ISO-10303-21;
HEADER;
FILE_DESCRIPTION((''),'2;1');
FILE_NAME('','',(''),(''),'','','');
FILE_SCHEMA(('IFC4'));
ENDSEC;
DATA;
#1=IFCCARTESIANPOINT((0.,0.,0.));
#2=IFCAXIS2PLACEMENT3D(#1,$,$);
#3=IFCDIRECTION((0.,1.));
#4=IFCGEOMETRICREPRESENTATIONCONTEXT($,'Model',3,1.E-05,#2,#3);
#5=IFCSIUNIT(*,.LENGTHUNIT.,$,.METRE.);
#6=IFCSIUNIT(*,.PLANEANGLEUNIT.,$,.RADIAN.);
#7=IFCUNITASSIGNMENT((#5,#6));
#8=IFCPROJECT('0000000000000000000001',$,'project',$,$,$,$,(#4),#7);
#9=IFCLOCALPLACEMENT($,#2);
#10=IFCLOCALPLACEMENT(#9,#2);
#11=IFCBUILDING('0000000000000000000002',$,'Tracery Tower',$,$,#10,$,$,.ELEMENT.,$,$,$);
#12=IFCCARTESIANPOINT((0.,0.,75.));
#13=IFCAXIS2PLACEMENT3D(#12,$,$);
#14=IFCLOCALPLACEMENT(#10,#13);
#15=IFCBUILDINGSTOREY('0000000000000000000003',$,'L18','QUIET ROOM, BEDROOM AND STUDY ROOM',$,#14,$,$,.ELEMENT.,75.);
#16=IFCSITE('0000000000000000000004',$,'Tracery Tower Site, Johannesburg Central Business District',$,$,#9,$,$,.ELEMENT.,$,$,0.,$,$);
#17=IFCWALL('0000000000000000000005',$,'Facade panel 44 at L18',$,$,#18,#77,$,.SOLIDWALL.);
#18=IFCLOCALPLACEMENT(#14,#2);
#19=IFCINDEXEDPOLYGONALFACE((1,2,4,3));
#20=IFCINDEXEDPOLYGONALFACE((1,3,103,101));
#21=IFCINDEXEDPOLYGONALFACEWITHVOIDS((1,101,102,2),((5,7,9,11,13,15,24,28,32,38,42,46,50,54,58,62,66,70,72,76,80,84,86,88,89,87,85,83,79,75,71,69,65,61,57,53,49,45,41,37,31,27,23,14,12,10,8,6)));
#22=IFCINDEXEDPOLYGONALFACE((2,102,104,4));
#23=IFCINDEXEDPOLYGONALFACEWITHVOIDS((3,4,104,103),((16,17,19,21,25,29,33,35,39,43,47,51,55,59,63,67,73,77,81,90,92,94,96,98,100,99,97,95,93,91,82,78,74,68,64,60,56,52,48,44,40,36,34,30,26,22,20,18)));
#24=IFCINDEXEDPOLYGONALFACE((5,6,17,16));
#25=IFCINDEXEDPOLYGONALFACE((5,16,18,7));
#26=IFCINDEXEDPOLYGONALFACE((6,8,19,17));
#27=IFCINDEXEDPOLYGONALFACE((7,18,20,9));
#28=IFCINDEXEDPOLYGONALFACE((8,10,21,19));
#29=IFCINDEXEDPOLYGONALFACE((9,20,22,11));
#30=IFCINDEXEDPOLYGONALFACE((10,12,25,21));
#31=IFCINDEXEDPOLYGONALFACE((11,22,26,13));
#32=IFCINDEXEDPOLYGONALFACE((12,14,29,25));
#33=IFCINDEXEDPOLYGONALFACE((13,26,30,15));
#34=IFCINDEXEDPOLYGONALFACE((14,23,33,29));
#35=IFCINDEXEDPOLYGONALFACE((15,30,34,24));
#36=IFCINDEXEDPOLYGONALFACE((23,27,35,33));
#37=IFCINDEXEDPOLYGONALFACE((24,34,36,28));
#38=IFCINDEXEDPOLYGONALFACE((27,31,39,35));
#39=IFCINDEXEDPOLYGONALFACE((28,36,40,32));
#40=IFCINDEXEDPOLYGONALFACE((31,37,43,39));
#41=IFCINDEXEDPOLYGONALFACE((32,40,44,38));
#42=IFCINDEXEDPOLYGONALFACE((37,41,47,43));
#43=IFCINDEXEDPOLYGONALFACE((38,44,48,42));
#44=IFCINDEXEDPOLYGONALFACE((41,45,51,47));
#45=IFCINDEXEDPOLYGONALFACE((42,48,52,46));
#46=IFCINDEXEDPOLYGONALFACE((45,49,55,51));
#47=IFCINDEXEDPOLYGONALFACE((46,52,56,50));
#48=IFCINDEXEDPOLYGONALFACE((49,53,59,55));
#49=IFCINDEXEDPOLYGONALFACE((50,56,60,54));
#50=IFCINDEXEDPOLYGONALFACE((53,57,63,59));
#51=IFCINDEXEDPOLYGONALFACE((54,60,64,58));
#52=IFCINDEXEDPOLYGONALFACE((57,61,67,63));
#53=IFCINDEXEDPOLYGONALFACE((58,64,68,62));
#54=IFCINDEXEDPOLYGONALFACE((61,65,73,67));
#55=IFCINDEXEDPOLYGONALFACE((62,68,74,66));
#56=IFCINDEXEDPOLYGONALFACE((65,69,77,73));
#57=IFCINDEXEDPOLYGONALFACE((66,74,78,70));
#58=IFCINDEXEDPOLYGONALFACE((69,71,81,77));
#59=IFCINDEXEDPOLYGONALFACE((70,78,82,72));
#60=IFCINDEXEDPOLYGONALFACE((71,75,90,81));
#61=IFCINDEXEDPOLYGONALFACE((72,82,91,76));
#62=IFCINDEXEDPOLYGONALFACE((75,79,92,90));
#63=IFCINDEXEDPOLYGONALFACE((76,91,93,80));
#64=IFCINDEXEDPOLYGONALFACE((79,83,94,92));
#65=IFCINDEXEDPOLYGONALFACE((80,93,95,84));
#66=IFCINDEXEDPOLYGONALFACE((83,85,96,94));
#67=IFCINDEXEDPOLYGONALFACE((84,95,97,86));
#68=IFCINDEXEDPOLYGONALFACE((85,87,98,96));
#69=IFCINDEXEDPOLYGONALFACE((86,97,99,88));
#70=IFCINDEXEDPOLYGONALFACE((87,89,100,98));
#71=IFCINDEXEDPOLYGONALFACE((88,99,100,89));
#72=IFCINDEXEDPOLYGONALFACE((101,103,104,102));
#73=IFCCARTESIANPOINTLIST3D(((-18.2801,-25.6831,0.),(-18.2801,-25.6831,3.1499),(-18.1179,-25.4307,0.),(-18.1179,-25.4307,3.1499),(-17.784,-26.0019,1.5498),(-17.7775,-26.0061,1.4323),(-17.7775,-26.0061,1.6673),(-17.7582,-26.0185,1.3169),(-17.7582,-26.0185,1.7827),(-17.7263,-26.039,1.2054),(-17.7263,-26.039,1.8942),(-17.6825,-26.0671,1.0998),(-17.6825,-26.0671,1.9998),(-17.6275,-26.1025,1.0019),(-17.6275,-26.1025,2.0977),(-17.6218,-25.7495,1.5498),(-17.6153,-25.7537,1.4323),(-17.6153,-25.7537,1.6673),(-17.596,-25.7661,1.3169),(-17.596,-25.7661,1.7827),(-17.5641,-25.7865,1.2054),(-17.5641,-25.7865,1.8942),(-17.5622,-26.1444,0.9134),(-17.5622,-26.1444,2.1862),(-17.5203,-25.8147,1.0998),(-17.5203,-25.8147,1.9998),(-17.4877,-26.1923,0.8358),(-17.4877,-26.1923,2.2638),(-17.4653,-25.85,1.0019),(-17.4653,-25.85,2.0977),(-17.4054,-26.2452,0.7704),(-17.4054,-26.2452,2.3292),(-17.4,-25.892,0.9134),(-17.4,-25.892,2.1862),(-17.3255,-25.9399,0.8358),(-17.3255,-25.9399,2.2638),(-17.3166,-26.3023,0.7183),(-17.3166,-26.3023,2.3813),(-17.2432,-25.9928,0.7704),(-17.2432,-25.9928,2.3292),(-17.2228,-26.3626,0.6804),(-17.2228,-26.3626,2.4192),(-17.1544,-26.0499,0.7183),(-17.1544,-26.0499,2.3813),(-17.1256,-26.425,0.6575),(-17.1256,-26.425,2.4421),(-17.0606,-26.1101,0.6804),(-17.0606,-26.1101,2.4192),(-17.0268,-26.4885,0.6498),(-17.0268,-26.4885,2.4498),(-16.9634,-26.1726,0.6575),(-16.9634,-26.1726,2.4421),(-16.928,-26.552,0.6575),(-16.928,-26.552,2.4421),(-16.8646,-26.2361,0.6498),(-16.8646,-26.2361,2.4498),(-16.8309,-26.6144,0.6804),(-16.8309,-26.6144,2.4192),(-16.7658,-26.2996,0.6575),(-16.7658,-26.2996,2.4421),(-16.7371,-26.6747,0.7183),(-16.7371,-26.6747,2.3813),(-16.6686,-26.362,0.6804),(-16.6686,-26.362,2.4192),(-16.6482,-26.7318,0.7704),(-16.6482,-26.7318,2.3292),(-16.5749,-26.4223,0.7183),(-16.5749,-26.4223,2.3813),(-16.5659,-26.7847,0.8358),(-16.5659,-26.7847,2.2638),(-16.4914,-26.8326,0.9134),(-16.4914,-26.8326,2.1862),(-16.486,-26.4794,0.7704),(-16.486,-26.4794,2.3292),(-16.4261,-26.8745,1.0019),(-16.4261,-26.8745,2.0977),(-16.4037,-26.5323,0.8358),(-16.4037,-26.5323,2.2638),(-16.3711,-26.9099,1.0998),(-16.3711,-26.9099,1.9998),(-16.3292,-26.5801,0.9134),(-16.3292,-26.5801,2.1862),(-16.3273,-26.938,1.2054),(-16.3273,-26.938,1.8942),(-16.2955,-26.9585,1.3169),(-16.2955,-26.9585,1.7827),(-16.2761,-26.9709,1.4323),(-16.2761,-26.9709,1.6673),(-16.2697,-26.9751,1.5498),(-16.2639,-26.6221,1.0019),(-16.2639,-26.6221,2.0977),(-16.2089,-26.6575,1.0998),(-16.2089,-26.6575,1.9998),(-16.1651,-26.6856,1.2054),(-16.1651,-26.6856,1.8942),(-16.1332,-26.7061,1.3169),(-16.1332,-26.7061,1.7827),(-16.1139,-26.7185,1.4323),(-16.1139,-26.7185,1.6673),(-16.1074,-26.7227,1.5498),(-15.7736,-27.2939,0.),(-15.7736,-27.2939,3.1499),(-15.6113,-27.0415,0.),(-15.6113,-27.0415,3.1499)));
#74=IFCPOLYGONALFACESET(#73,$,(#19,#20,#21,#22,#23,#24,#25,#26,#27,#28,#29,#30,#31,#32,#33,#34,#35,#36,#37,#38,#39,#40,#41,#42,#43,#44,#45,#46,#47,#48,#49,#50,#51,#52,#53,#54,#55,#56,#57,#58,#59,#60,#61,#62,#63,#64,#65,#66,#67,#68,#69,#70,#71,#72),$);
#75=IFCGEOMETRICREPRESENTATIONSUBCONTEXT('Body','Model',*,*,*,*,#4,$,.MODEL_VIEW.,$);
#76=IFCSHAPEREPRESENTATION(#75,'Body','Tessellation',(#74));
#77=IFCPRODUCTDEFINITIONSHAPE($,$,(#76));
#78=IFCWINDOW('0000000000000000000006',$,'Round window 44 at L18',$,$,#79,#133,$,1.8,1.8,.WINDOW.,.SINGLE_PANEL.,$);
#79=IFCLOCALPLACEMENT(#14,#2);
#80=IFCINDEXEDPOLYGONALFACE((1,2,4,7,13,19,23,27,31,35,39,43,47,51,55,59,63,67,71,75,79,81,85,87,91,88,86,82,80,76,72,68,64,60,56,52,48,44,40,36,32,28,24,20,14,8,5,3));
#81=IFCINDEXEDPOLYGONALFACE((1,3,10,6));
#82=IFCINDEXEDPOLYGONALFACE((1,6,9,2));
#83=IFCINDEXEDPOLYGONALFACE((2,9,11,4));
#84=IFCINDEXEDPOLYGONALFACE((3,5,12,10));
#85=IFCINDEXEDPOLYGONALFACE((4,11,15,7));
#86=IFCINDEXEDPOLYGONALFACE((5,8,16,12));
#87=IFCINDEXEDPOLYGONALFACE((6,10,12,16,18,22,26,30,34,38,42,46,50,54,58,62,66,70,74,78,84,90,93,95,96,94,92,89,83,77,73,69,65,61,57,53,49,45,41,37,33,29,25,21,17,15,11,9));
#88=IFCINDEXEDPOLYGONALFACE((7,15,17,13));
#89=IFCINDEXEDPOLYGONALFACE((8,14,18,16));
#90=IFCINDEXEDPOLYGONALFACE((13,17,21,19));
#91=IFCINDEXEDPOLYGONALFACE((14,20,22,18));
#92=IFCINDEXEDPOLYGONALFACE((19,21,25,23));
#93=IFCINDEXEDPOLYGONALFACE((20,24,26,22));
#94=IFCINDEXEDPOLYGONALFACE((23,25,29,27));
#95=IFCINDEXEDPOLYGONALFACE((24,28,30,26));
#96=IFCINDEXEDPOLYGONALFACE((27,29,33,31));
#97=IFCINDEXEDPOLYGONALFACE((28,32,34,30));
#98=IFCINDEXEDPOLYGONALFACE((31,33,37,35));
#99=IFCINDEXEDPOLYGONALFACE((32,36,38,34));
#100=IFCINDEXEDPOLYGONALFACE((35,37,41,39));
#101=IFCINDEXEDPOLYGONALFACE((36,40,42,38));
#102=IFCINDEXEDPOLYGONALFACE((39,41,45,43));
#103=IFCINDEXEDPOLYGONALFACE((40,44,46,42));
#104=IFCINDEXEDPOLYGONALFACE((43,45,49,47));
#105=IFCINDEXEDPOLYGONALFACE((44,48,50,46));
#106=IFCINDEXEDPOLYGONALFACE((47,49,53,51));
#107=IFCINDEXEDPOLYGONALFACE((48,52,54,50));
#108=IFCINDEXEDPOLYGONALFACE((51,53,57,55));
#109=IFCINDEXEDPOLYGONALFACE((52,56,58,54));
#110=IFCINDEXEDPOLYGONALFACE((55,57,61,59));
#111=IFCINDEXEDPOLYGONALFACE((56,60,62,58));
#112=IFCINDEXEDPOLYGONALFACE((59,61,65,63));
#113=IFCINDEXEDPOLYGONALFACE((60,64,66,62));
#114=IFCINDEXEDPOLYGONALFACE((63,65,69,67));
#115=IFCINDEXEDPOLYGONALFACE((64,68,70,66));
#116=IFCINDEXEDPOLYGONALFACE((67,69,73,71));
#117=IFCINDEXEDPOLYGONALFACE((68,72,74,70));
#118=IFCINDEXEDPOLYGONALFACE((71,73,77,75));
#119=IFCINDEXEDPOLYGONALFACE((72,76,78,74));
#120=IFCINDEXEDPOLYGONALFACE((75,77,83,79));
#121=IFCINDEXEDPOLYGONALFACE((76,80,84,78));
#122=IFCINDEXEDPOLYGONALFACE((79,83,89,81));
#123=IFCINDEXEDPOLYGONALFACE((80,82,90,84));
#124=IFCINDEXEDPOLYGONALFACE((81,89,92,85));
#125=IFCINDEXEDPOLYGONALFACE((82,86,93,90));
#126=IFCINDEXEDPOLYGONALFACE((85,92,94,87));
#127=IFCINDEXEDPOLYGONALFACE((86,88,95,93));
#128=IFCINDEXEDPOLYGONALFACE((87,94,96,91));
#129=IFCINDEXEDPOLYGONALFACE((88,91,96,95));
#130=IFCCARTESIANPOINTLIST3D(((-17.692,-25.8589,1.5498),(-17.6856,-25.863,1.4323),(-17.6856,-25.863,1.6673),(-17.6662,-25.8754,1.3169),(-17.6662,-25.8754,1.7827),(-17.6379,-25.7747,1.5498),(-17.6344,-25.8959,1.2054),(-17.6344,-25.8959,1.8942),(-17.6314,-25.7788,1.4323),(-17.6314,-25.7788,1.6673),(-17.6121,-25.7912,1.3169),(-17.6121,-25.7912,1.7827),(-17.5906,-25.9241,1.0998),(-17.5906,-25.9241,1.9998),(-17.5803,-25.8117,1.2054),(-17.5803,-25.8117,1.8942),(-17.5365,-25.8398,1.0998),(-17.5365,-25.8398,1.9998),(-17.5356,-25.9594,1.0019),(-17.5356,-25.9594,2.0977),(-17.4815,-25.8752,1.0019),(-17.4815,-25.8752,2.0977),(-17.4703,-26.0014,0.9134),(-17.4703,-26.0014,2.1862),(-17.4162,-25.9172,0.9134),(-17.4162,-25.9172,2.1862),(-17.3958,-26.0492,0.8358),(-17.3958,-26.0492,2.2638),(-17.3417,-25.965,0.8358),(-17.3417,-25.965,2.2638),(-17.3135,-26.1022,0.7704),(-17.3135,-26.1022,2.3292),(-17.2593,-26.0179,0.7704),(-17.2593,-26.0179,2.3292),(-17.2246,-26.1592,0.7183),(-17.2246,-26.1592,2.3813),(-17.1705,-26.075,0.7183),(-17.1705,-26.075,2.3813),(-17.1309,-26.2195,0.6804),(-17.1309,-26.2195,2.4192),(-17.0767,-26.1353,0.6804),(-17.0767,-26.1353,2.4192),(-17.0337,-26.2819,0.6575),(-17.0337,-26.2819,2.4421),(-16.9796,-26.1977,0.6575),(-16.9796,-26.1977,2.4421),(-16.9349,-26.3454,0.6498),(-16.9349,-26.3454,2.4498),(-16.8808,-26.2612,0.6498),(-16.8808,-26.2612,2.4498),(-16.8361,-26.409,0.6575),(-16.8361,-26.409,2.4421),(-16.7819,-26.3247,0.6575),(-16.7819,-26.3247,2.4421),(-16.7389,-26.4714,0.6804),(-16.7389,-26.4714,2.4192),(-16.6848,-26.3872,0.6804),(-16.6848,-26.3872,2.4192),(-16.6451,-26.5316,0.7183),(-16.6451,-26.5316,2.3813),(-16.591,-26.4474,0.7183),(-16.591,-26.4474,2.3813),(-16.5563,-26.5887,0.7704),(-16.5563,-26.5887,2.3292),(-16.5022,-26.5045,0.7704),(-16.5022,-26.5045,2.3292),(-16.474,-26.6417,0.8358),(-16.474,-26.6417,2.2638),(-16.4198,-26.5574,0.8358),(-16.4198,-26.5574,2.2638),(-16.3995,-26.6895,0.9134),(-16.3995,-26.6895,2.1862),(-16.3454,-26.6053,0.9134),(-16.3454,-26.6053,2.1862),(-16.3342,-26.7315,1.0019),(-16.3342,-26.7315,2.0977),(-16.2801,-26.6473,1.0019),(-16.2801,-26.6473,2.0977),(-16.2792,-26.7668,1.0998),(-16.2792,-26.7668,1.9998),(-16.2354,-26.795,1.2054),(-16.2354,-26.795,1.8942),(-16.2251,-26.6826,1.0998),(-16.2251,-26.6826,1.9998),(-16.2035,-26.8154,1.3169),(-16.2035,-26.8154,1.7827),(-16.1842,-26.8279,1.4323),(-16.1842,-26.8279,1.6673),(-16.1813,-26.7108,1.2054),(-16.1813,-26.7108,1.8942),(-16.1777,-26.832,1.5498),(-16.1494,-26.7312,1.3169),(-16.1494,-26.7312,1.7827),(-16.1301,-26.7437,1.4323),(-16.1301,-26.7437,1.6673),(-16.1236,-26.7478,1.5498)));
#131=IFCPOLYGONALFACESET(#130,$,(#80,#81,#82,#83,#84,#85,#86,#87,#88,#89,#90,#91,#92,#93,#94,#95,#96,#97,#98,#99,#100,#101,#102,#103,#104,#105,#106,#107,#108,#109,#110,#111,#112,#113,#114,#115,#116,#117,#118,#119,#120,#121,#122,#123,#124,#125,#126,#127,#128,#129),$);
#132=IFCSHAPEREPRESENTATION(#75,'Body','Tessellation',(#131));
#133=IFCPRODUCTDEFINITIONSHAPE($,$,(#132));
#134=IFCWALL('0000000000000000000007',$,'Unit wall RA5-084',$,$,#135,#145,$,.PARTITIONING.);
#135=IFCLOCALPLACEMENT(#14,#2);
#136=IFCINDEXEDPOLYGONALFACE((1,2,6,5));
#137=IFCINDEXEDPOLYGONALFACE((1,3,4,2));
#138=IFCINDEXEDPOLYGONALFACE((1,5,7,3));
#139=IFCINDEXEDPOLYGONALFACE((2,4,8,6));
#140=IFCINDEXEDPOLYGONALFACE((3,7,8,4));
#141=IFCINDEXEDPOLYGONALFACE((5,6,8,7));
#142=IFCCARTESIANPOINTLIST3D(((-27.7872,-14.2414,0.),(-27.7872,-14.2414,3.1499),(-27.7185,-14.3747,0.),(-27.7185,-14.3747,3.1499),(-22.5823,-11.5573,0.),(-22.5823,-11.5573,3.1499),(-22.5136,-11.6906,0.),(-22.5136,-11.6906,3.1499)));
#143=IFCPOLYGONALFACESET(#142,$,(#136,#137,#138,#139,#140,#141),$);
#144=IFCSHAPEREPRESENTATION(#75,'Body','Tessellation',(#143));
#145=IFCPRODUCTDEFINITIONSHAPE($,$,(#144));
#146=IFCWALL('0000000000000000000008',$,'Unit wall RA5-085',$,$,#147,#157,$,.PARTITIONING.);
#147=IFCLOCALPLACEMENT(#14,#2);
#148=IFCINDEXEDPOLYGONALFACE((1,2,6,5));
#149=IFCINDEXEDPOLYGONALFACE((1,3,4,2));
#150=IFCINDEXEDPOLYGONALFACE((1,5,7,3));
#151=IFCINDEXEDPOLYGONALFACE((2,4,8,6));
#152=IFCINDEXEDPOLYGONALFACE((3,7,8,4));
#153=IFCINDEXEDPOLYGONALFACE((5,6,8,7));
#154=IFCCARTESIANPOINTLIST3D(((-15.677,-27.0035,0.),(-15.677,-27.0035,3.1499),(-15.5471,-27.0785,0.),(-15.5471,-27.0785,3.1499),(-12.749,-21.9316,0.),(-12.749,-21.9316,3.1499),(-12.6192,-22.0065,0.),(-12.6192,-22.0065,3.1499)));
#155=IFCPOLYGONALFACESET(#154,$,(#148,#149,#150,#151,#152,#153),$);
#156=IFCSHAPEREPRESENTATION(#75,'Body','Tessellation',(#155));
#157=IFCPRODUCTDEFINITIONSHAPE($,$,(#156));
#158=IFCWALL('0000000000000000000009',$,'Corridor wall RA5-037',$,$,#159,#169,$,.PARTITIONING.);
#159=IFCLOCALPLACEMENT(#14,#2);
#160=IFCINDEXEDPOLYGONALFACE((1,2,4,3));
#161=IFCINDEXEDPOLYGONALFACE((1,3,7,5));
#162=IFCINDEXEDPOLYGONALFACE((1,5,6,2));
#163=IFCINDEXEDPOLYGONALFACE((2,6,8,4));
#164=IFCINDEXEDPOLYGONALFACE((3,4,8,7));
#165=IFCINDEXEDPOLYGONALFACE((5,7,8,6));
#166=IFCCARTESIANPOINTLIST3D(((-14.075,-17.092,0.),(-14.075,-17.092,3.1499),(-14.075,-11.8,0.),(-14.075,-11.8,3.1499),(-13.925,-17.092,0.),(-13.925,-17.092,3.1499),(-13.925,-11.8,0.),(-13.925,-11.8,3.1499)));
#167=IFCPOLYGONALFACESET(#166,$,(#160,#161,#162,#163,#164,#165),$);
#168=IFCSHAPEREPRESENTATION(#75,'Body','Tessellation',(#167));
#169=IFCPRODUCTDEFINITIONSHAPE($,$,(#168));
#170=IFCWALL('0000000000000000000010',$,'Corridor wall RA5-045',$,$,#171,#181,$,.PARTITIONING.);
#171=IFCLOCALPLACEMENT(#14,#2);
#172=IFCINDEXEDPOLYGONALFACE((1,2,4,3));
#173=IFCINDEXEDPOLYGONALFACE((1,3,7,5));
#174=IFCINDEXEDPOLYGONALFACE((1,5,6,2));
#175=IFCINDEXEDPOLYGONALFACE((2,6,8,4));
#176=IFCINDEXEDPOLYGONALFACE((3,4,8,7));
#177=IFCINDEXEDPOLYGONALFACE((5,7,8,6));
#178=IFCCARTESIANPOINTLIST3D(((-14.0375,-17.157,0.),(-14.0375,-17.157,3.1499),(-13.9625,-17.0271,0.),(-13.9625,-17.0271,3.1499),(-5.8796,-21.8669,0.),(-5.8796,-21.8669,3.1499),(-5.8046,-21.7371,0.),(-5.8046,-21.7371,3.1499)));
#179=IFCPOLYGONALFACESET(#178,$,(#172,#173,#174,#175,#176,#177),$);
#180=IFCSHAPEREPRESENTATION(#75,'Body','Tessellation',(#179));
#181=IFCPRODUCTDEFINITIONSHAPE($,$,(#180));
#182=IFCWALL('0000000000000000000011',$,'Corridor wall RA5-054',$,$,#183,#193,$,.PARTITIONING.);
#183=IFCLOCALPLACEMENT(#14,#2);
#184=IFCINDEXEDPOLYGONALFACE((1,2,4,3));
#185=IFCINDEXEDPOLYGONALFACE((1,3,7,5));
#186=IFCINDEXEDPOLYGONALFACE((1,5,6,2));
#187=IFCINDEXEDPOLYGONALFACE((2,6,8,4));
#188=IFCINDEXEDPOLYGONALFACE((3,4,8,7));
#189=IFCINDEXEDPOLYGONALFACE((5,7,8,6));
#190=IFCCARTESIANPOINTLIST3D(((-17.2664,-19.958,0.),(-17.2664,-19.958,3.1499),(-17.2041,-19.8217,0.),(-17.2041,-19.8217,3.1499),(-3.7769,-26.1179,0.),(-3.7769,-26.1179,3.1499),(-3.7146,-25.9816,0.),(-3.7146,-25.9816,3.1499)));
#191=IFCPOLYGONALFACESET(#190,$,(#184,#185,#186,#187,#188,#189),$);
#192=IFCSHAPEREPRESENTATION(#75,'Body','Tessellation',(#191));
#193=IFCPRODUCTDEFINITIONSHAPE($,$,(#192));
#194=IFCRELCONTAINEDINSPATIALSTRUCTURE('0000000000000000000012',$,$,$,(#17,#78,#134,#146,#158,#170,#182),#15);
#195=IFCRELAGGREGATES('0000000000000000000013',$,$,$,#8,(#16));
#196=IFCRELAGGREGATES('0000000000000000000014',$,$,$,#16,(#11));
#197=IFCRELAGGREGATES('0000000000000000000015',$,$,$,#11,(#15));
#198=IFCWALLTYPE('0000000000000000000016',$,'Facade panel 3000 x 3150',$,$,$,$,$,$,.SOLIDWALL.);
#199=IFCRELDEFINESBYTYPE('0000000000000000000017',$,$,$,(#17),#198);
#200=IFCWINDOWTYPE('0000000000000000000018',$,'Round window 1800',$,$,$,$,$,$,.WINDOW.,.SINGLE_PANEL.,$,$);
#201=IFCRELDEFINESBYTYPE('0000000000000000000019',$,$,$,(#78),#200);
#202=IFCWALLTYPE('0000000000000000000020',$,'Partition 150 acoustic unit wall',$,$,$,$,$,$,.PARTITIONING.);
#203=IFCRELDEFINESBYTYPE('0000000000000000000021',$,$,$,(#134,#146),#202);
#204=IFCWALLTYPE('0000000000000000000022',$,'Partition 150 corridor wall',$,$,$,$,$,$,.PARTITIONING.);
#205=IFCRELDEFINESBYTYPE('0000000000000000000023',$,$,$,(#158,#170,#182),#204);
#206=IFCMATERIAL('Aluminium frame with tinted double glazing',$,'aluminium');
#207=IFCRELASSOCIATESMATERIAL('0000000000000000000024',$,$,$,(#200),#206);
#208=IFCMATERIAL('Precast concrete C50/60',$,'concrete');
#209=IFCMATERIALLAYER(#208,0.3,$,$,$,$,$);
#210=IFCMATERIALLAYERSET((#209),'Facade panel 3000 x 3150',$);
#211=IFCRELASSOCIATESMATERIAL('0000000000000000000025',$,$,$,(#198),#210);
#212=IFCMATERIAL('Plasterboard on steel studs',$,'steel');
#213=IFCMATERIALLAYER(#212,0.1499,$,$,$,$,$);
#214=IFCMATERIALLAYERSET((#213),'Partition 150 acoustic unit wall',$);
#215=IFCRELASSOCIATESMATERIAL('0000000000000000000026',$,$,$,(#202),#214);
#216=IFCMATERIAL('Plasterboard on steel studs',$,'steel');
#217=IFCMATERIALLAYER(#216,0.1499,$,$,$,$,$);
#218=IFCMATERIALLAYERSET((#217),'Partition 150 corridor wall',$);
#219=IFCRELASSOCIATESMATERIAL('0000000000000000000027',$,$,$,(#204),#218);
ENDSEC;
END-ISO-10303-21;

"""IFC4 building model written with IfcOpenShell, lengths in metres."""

from ifc_helpers import new_model, si_unit, direction, frame, frame_2d, origin, origin_2d, place, context, subcontext, project, spatial, rectangle, circle, extrude, material, layer, layer_set, type_object, element, fill, save


model = new_model("IFC4")

# Units and contexts
model_context = context("Model", 3, precision=1e-05, world=origin(), true_north=direction((0.0, 1.0)))
body_context = subcontext(model_context, "Body", "Model", "MODEL_VIEW")
ifc_project = project(units=[si_unit("LENGTHUNIT", "METRE"), si_unit("PLANEANGLEUNIT", "RADIAN")], contexts=[model_context])

# Site, building, storey
site_placement = place(None, origin())
site = spatial("IfcSite", under=ifc_project, at=site_placement, Name="Tracery Tower Site, Johannesburg Central Business District", CompositionType="ELEMENT", RefElevation=0.0)
building_placement = place(site_placement, origin())
building = spatial("IfcBuilding", under=site, at=building_placement, Name="Tracery Tower", CompositionType="ELEMENT")
storey_placement = place(building_placement, frame((0.0, 0.0, 75.0)))
storey = spatial("IfcBuildingStorey", under=building, at=storey_placement, Name="L18", Description="QUIET ROOM, BEDROOM AND STUDY ROOM", CompositionType="ELEMENT", Elevation=75.0)

# Wall, opening, window
ifc_material_1 = material(Name="Aluminium frame with tinted double glazing", Category="aluminium")
window_type = type_object("IfcWindowType", Name="Round window 1800", PartitioningType="SINGLE_PANEL", PredefinedType="WINDOW", material=ifc_material_1)
ifc_material_2 = material(Name="Precast concrete C50/60", Category="concrete")
ifc_layer_1 = layer(ifc_material_2, 0.3)
ifc_layer_set_1 = layer_set([ifc_layer_1], Name="Facade panel 3000 x 3150")
wall_type_1 = type_object("IfcWallType", Name="Facade panel 3000 x 3150", PredefinedType="SOLIDWALL", material=ifc_layer_set_1)
wall_1_placement = place(storey_placement, frame((-18.199, -25.5569, 0.0), z_axis=(0.0, 0.0, 1.0), x_axis=(0.841261, -0.540629, 0.0)))
wall_1 = element("IfcWall", 1, at=wall_1_placement, inside=storey, type_object=wall_type_1, Name="Facade panel 44 at L18", PredefinedType="SOLIDWALL", context=body_context, shape_type="SweptSolid", body=[
    extrude(rectangle(XDim=2.9795, YDim=0.3, at=frame_2d((1.4897, 0.0))), origin(), (0.0, 0.0, 1.0), 3.1499),
])
opening_1_placement = place(wall_1_placement, frame((1.4897, 0.0, 1.5498)))
opening_1 = element("IfcOpeningElement", 2, at=opening_1_placement, cuts=wall_1, PredefinedType="OPENING", context=body_context, shape_type="SweptSolid", body=[
    extrude(circle(Radius=0.9, at=origin_2d()), frame((0.0, 0.1599, 0.0), z_axis=(0.0, -1.0, 0.0), x_axis=(1.0, 0.0, 0.0)), (0.0, 0.0, 1.0), 0.3201),
])
window_1_placement = place(opening_1_placement, origin())
window_1 = element("IfcWindow", 3, at=window_1_placement, inside=storey, type_object=window_type, Name="Round window 44 at L18", OverallHeight=1.8, OverallWidth=1.8, PartitioningType="SINGLE_PANEL", PredefinedType="WINDOW", context=body_context, shape_type="SweptSolid", body=[
    extrude(circle(Radius=0.9, at=origin_2d()), frame((0.0, 0.1201, 0.0), z_axis=(0.0, -1.0, 0.0), x_axis=(1.0, 0.0, 0.0)), (0.0, 0.0, 1.0), 0.1001),
])
fill(opening_1, window_1)

# Walls
ifc_material_3 = material(Name="Plasterboard on steel studs", Category="steel")
ifc_layer_2 = layer(ifc_material_3, 0.1499)
ifc_layer_set_2 = layer_set([ifc_layer_2], Name="Partition 150 acoustic unit wall")
wall_type_2 = type_object("IfcWallType", Name="Partition 150 acoustic unit wall", PredefinedType="PARTITIONING", material=ifc_layer_set_2)
wall_2_placement = place(storey_placement, frame((-27.7529, -14.3081, 0.0), z_axis=(0.0, 0.0, 1.0), x_axis=(0.88878, 0.458335, 0.0)))
element("IfcWall", 4, at=wall_2_placement, inside=storey, type_object=wall_type_2, Name="Unit wall RA5-084", PredefinedType="PARTITIONING", context=body_context, shape_type="SweptSolid", body=[
    extrude(rectangle(XDim=5.8562, YDim=0.1499, at=frame_2d((2.9282, 0.0))), origin(), (0.0, 0.0, 1.0), 3.1499),
])
wall_3_placement = place(storey_placement, frame((-15.6121, -27.041, 0.0), z_axis=(0.0, 0.0, 1.0), x_axis=(0.499955, 0.866052, 0.0)))
element("IfcWall", 5, at=wall_3_placement, inside=storey, type_object=wall_type_2, Name="Unit wall RA5-085", PredefinedType="PARTITIONING", context=body_context, shape_type="SweptSolid", body=[
    extrude(rectangle(XDim=5.8564, YDim=0.1499, at=frame_2d((2.9282, 0.0))), origin(), (0.0, 0.0, 1.0), 3.1499),
])
ifc_material_4 = material(Name="Plasterboard on steel studs", Category="steel")
ifc_layer_3 = layer(ifc_material_4, 0.1499)
ifc_layer_set_3 = layer_set([ifc_layer_3], Name="Partition 150 corridor wall")
wall_type_3 = type_object("IfcWallType", Name="Partition 150 corridor wall", PredefinedType="PARTITIONING", material=ifc_layer_set_3)
wall_4_placement = place(storey_placement, frame((-14.0, -17.092, 0.0), z_axis=(0.0, 0.0, 1.0), x_axis=(0.0, 1.0, 0.0)))
element("IfcWall", 6, at=wall_4_placement, inside=storey, type_object=wall_type_3, Name="Corridor wall RA5-037", PredefinedType="PARTITIONING", context=body_context, shape_type="SweptSolid", body=[
    extrude(rectangle(XDim=5.292, YDim=0.1499, at=frame_2d((2.646, 0.0))), origin(), (0.0, 0.0, 1.0), 3.1499),
])
wall_5_placement = place(storey_placement, frame((-14.0, -17.092, 0.0), z_axis=(0.0, 0.0, 1.0), x_axis=(0.866027, -0.499997, 0.0)))
element("IfcWall", 7, at=wall_5_placement, inside=storey, type_object=wall_type_3, Name="Corridor wall RA5-045", PredefinedType="PARTITIONING", context=body_context, shape_type="SweptSolid", body=[
    extrude(rectangle(XDim=9.4199, YDim=0.1499, at=frame_2d((4.71, 0.0))), origin(), (0.0, 0.0, 1.0), 3.1499),
])
wall_6_placement = place(storey_placement, frame((-17.2351, -19.8899, 0.0), z_axis=(0.0, 0.0, 1.0), x_axis=(0.909646, -0.415385, 0.0)))
element("IfcWall", 8, at=wall_6_placement, inside=storey, type_object=wall_type_3, Name="Corridor wall RA5-054", PredefinedType="PARTITIONING", context=body_context, shape_type="SweptSolid", body=[
    extrude(rectangle(XDim=14.8293, YDim=0.1499, at=frame_2d((7.4146, 0.0))), origin(), (0.0, 0.0, 1.0), 3.1499),
])

save(model, "model.ifc")
